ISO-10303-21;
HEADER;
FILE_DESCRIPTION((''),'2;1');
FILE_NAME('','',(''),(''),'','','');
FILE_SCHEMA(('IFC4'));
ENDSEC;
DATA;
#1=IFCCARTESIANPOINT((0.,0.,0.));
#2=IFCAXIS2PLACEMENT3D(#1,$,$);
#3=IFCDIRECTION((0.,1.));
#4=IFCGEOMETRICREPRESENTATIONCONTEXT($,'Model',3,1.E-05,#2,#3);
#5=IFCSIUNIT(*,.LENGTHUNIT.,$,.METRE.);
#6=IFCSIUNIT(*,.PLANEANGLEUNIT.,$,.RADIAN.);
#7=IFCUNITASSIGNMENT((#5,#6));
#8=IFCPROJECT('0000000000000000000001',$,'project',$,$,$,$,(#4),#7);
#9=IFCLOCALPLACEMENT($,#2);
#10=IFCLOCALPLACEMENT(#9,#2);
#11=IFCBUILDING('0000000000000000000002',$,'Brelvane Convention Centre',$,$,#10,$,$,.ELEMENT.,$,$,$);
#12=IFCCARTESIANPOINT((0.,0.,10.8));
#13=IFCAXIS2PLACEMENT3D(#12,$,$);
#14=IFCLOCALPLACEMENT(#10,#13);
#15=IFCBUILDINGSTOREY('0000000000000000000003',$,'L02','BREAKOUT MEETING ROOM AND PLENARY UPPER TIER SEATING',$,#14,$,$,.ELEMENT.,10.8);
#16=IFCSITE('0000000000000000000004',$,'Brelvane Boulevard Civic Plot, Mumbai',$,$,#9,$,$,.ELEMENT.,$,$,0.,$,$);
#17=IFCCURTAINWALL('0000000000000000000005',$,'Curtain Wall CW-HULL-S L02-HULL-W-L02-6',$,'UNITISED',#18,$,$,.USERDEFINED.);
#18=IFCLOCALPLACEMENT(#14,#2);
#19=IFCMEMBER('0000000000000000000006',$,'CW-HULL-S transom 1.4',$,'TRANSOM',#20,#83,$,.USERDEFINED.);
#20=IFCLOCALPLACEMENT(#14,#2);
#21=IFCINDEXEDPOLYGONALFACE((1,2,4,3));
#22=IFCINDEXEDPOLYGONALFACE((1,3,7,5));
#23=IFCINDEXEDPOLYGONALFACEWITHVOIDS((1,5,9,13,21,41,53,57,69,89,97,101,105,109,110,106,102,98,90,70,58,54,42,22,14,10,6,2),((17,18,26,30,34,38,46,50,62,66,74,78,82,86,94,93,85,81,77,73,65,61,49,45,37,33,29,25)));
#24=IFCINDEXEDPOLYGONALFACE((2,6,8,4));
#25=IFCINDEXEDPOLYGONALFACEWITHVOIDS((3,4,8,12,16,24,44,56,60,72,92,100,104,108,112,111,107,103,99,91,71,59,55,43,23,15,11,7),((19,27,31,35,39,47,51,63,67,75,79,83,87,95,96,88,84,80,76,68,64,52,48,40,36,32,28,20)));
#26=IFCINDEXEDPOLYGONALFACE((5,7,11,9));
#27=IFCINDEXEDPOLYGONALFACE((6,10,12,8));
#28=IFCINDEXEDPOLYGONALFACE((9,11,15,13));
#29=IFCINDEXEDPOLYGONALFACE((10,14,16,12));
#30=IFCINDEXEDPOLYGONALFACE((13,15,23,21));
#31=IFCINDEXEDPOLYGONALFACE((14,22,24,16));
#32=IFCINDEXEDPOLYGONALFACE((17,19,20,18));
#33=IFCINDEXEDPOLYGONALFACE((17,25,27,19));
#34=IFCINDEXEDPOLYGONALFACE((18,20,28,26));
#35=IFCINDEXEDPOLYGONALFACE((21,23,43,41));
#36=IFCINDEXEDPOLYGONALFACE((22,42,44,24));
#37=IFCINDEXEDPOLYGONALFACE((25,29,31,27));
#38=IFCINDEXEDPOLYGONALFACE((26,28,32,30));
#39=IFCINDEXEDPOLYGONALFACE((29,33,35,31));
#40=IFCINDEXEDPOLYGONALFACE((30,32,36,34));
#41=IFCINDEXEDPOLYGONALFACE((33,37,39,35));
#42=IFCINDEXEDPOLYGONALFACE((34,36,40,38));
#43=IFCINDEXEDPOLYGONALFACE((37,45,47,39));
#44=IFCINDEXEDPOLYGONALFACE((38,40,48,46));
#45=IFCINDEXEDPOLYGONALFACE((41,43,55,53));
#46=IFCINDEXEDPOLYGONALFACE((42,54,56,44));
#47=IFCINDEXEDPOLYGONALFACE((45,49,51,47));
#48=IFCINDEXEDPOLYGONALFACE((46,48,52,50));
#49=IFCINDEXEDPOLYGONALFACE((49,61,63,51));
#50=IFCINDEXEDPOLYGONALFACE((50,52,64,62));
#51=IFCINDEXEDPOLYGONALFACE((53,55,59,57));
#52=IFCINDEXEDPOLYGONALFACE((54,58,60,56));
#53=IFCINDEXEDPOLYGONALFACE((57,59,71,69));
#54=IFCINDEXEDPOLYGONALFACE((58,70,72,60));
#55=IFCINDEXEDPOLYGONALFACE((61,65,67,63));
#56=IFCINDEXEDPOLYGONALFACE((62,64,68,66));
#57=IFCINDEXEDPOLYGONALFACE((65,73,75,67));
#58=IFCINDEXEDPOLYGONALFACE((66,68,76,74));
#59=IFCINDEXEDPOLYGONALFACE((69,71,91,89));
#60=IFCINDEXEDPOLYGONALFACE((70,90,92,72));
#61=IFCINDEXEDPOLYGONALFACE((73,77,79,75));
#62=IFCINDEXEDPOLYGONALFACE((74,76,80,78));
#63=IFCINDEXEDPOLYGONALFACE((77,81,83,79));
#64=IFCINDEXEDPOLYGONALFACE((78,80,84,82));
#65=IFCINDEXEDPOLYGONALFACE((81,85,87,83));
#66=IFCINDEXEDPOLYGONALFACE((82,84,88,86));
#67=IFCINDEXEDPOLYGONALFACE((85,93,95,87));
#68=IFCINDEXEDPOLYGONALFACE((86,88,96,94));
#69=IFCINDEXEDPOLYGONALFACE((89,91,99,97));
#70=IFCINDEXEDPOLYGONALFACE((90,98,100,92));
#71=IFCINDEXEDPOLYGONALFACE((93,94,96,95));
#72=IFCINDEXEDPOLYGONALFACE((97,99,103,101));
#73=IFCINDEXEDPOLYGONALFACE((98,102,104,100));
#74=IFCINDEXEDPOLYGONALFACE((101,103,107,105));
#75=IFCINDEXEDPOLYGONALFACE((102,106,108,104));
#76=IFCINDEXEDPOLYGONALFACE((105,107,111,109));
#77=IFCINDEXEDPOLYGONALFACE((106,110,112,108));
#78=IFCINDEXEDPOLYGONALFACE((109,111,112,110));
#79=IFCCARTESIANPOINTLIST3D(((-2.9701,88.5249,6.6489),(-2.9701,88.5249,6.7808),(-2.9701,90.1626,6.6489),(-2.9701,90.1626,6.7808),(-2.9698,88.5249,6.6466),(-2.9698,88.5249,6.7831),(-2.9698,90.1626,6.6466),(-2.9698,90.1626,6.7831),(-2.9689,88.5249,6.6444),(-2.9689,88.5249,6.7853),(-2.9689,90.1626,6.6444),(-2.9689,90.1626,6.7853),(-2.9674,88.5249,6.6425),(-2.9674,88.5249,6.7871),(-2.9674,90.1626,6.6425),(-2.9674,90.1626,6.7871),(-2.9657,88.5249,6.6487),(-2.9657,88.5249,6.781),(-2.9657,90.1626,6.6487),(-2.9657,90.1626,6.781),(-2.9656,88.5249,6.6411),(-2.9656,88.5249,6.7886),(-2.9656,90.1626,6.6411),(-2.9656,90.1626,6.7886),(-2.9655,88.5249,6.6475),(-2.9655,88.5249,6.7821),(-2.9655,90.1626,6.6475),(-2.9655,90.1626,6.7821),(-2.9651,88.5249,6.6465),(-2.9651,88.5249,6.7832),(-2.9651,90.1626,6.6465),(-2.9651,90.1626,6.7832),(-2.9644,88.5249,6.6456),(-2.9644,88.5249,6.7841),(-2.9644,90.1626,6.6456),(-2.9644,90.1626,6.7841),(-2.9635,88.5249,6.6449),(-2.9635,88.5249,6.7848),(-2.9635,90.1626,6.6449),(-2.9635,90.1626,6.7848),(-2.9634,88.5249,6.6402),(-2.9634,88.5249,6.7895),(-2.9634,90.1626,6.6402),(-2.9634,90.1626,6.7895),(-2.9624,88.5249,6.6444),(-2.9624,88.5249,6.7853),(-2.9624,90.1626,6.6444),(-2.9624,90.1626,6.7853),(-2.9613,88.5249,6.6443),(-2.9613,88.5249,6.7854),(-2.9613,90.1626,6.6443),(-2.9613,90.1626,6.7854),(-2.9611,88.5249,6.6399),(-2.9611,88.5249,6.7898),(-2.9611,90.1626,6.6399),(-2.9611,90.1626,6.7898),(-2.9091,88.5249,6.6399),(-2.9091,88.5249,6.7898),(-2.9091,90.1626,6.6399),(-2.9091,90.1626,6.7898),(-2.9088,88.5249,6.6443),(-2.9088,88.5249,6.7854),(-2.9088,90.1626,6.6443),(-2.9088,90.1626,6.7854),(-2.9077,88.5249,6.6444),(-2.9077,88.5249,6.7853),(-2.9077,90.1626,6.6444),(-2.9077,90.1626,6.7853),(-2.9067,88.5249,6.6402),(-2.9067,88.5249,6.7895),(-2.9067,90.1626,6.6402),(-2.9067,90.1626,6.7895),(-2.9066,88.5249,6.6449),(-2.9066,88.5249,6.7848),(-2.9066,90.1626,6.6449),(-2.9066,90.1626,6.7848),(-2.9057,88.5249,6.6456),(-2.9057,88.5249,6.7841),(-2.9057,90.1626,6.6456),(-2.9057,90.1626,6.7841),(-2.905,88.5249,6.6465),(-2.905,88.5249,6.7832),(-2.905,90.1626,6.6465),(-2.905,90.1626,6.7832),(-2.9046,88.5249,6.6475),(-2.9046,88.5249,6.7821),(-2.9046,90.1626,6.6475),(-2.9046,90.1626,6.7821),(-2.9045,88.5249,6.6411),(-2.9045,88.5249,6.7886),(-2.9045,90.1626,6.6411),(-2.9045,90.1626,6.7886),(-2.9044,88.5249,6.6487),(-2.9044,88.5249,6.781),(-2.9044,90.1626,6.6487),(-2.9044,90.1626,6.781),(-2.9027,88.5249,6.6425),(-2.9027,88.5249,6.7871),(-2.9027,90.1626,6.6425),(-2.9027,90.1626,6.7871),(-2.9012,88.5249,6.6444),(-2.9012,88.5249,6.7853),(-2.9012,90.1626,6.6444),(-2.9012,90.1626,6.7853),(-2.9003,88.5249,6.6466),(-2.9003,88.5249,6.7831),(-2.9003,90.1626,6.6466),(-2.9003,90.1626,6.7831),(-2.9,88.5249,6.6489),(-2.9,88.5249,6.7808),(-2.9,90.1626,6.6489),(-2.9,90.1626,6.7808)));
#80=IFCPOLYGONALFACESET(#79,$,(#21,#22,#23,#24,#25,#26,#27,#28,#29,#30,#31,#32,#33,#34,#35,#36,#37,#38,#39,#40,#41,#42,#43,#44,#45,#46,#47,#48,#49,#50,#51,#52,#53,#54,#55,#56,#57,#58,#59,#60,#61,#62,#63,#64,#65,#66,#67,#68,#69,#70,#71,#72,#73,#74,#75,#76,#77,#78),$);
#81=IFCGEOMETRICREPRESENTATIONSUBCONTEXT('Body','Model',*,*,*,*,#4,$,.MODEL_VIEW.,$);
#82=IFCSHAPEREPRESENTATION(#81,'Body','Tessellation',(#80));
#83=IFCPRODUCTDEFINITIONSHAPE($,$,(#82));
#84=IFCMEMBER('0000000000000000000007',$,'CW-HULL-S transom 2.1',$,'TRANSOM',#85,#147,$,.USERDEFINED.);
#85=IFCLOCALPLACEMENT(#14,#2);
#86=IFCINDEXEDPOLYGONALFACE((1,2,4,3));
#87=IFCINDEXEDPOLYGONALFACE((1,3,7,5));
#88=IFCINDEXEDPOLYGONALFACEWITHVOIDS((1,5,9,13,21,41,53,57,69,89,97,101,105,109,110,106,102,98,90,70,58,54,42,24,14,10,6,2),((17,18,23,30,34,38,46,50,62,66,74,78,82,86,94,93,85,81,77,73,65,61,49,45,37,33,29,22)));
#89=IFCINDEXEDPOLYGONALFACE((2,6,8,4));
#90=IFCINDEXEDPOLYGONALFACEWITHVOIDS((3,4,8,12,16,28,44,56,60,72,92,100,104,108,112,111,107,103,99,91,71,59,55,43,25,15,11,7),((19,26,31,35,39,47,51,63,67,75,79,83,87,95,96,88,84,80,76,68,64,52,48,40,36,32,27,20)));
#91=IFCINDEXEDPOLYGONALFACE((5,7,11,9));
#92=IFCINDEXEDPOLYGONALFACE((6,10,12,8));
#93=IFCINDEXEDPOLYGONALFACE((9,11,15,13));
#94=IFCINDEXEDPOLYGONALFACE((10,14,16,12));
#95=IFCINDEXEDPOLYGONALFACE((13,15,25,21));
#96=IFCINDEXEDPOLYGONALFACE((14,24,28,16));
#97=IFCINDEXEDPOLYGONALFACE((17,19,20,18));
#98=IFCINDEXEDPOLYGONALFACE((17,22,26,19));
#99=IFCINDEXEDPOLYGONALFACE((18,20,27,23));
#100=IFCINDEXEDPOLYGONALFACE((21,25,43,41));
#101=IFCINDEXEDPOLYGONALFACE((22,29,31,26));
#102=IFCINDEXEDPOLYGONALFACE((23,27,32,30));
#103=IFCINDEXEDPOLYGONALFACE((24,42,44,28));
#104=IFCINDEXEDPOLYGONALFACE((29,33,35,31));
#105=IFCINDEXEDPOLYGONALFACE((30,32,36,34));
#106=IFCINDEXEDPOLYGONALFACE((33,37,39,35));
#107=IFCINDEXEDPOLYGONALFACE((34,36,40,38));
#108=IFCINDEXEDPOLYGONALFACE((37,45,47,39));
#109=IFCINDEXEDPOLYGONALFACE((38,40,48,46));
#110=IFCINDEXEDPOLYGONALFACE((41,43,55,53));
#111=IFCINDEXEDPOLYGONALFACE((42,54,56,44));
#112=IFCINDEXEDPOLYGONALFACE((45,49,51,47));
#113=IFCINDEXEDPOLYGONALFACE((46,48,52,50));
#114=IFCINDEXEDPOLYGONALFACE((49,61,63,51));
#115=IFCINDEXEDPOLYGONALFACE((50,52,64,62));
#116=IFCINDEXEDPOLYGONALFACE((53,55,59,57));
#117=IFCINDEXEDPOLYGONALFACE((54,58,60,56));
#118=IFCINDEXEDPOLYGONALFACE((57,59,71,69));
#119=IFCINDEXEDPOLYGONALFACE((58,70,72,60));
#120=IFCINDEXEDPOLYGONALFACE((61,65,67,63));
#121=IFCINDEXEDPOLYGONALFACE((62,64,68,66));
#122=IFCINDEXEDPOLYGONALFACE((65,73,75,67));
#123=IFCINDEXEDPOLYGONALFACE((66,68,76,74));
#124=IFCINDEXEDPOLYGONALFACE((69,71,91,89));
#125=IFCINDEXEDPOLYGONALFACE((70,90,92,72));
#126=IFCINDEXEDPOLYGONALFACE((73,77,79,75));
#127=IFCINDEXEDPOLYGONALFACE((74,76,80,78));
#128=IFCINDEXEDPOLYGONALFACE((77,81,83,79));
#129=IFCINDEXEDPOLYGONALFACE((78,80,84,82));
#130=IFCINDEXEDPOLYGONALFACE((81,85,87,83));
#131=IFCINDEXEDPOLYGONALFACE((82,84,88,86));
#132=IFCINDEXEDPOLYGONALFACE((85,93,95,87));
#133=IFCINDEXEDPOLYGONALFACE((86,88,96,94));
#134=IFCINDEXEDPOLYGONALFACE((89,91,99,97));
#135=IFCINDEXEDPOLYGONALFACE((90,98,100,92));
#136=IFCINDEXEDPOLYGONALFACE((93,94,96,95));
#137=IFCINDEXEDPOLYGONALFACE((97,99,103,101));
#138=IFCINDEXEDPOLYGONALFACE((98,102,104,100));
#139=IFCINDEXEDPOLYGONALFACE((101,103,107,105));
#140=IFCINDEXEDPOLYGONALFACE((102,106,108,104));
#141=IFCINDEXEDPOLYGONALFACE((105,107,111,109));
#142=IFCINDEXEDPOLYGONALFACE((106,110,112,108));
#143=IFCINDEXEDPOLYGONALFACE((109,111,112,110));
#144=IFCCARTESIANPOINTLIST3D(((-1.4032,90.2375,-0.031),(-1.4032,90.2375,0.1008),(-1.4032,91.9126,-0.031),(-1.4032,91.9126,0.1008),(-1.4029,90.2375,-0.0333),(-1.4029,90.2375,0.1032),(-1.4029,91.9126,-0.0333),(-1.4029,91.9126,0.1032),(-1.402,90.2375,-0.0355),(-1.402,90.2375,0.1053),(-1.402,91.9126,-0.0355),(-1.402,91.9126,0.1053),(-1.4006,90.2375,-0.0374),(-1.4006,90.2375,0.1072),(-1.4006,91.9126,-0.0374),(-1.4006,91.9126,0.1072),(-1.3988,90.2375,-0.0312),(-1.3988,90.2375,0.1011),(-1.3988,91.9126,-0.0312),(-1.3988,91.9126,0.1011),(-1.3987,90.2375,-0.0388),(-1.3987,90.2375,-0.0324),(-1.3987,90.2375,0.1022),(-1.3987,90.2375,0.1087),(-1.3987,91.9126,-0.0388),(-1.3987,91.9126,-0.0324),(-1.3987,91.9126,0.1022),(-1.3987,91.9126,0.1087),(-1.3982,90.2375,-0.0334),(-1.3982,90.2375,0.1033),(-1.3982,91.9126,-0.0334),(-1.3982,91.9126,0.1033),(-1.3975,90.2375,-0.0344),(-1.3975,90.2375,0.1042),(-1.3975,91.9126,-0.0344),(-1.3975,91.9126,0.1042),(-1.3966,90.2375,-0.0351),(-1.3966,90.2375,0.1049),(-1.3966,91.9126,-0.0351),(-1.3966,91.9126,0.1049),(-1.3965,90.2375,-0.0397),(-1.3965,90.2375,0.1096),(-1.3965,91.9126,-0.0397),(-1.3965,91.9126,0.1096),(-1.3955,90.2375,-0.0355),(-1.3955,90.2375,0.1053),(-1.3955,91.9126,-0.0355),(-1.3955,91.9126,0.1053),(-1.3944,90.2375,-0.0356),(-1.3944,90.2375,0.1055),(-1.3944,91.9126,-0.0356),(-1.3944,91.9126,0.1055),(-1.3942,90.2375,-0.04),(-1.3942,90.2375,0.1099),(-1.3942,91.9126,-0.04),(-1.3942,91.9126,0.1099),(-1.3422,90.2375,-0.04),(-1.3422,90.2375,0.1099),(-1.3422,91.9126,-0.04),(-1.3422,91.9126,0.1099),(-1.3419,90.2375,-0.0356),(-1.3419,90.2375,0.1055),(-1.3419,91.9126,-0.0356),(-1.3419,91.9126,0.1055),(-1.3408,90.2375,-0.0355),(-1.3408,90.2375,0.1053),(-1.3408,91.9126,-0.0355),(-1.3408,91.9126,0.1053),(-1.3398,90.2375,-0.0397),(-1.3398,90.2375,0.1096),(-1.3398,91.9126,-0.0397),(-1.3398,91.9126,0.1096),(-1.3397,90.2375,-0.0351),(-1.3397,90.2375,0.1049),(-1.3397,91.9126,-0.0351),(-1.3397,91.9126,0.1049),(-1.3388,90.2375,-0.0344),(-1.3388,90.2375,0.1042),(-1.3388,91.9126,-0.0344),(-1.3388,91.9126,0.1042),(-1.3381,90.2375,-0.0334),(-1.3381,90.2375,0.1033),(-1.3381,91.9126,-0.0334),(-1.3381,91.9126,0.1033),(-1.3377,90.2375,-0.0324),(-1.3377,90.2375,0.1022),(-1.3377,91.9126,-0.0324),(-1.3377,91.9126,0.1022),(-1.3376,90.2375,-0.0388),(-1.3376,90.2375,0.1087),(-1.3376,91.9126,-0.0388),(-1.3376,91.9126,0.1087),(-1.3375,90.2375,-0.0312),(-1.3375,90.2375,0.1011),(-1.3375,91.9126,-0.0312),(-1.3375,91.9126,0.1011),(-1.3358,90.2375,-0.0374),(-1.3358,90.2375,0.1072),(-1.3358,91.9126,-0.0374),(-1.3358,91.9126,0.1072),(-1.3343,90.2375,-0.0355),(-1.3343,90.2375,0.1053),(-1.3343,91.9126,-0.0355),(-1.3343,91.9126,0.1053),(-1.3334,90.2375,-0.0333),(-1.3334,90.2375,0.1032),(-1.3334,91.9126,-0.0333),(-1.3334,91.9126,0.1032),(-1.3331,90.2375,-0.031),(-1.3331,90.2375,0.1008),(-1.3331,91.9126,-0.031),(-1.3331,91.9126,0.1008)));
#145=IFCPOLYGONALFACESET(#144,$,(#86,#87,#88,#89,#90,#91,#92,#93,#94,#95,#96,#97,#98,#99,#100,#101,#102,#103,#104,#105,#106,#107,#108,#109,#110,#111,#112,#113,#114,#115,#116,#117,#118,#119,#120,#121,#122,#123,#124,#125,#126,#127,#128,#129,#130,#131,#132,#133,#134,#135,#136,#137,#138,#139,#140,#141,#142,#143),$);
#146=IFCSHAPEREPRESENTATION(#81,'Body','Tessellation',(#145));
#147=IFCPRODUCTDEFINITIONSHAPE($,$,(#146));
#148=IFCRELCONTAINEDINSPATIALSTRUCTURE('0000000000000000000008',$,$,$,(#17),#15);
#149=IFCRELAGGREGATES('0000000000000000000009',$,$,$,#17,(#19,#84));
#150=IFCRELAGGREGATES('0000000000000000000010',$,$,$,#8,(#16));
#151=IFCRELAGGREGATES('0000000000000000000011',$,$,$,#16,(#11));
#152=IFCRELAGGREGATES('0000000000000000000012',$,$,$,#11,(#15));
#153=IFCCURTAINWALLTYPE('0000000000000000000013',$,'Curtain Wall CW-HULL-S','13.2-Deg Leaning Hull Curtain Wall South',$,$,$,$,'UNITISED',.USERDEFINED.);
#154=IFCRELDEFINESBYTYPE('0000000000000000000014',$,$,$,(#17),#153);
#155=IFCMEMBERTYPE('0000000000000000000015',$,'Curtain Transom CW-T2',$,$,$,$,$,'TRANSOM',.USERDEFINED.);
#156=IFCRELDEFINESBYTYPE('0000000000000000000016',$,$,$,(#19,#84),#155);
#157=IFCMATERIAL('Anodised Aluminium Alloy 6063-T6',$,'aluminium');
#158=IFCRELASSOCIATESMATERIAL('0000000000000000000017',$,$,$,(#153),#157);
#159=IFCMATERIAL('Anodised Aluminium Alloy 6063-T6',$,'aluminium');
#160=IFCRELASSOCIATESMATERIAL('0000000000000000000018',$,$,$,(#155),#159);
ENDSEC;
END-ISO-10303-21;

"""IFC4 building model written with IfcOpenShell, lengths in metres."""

from ifc_helpers import new_model, si_unit, direction, frame, origin, origin_2d, place, context, subcontext, project, spatial, hollow_rectangle, extrude, material, material_profile, profile_set, type_object, element, aggregate, save


model = new_model("IFC4")

# Units and contexts
model_context = context("Model", 3, precision=1e-05, world=origin(), true_north=direction((0.0, 1.0)))
body_context = subcontext(model_context, "Body", "Model", "MODEL_VIEW")
ifc_project = project(units=[si_unit("LENGTHUNIT", "METRE"), si_unit("PLANEANGLEUNIT", "RADIAN")], contexts=[model_context])

# Site, building, storey
site_placement = place(None, origin())
site = spatial("IfcSite", under=ifc_project, at=site_placement, Name="Brelvane Boulevard Civic Plot, Mumbai", CompositionType="ELEMENT", RefElevation=0.0)
building_placement = place(site_placement, origin())
building = spatial("IfcBuilding", under=site, at=building_placement, Name="Brelvane Convention Centre", CompositionType="ELEMENT")
storey_placement = place(building_placement, frame((0.0, 0.0, 10.8)))
storey = spatial("IfcBuildingStorey", under=building, at=storey_placement, Name="L02", Description="BREAKOUT MEETING ROOM AND PLENARY UPPER TIER SEATING", CompositionType="ELEMENT", Elevation=10.8)

# Curtain wall
ifc_material_1 = material(Name="Anodised Aluminium Alloy 6063-T6", Category="aluminium")
curtain_wall_type = type_object("IfcCurtainWallType", Name="Curtain Wall CW-HULL-S", Description="13.2-Deg Leaning Hull Curtain Wall South", ElementType="UNITISED", PredefinedType="USERDEFINED", material=ifc_material_1)
curtain_wall_1_placement = place(storey_placement, origin())
curtain_wall_1 = element("IfcCurtainWall", 1, at=curtain_wall_1_placement, inside=storey, type_object=curtain_wall_type, Name="Curtain Wall CW-HULL-S L02-HULL-W-L02-6", ObjectType="UNITISED", PredefinedType="USERDEFINED")

# Members
ifc_material_2 = material(Name="Anodised Aluminium Alloy 6063-T6", Category="aluminium")
ifc_material_profile_1 = material_profile(ifc_material_2, hollow_rectangle(XDim=0.0701, YDim=0.1499, WallThickness=0.0044, InnerFilletRadius=0.0044, OuterFilletRadius=0.009, at=origin_2d()), Name="ALU-T 150x70x4.5")
ifc_profile_set_1 = profile_set([ifc_material_profile_1], Name="Anodised Aluminium Alloy 6063-T6")
member_type_1 = type_object("IfcMemberType", Name="Curtain Transom CW-T2", ElementType="TRANSOM", PredefinedType="USERDEFINED", material=ifc_profile_set_1)
member_1_placement = place(storey_placement, frame((-2.9351, 88.5249, 6.7148), z_axis=(0.0, 1.0, 0.0), x_axis=(-1.0, 0.0, 0.0)))
member_1 = element("IfcMember", 2, at=member_1_placement, type_object=member_type_1, Name="CW-HULL-S transom 1.4", ObjectType="TRANSOM", PredefinedType="USERDEFINED", context=body_context, shape_type="SweptSolid", body=[
    extrude(hollow_rectangle(XDim=0.0701, YDim=0.1499, WallThickness=0.0044, InnerFilletRadius=0.0044, OuterFilletRadius=0.009, at=origin_2d()), origin(), (0.0, 0.0, 1.0), 1.6377),
])
member_2_placement = place(storey_placement, frame((-1.3682, 90.2375, 0.0349), z_axis=(0.0, 1.0, 0.0), x_axis=(-1.0, 0.0, 0.0)))
member_2 = element("IfcMember", 3, at=member_2_placement, type_object=member_type_1, Name="CW-HULL-S transom 2.1", ObjectType="TRANSOM", PredefinedType="USERDEFINED", context=body_context, shape_type="SweptSolid", body=[
    extrude(hollow_rectangle(XDim=0.0701, YDim=0.1499, WallThickness=0.0044, InnerFilletRadius=0.0044, OuterFilletRadius=0.009, at=origin_2d()), origin(), (0.0, 0.0, 1.0), 1.675),
])

aggregate(curtain_wall_1, [member_1, member_2])

save(model, "model.ifc")
